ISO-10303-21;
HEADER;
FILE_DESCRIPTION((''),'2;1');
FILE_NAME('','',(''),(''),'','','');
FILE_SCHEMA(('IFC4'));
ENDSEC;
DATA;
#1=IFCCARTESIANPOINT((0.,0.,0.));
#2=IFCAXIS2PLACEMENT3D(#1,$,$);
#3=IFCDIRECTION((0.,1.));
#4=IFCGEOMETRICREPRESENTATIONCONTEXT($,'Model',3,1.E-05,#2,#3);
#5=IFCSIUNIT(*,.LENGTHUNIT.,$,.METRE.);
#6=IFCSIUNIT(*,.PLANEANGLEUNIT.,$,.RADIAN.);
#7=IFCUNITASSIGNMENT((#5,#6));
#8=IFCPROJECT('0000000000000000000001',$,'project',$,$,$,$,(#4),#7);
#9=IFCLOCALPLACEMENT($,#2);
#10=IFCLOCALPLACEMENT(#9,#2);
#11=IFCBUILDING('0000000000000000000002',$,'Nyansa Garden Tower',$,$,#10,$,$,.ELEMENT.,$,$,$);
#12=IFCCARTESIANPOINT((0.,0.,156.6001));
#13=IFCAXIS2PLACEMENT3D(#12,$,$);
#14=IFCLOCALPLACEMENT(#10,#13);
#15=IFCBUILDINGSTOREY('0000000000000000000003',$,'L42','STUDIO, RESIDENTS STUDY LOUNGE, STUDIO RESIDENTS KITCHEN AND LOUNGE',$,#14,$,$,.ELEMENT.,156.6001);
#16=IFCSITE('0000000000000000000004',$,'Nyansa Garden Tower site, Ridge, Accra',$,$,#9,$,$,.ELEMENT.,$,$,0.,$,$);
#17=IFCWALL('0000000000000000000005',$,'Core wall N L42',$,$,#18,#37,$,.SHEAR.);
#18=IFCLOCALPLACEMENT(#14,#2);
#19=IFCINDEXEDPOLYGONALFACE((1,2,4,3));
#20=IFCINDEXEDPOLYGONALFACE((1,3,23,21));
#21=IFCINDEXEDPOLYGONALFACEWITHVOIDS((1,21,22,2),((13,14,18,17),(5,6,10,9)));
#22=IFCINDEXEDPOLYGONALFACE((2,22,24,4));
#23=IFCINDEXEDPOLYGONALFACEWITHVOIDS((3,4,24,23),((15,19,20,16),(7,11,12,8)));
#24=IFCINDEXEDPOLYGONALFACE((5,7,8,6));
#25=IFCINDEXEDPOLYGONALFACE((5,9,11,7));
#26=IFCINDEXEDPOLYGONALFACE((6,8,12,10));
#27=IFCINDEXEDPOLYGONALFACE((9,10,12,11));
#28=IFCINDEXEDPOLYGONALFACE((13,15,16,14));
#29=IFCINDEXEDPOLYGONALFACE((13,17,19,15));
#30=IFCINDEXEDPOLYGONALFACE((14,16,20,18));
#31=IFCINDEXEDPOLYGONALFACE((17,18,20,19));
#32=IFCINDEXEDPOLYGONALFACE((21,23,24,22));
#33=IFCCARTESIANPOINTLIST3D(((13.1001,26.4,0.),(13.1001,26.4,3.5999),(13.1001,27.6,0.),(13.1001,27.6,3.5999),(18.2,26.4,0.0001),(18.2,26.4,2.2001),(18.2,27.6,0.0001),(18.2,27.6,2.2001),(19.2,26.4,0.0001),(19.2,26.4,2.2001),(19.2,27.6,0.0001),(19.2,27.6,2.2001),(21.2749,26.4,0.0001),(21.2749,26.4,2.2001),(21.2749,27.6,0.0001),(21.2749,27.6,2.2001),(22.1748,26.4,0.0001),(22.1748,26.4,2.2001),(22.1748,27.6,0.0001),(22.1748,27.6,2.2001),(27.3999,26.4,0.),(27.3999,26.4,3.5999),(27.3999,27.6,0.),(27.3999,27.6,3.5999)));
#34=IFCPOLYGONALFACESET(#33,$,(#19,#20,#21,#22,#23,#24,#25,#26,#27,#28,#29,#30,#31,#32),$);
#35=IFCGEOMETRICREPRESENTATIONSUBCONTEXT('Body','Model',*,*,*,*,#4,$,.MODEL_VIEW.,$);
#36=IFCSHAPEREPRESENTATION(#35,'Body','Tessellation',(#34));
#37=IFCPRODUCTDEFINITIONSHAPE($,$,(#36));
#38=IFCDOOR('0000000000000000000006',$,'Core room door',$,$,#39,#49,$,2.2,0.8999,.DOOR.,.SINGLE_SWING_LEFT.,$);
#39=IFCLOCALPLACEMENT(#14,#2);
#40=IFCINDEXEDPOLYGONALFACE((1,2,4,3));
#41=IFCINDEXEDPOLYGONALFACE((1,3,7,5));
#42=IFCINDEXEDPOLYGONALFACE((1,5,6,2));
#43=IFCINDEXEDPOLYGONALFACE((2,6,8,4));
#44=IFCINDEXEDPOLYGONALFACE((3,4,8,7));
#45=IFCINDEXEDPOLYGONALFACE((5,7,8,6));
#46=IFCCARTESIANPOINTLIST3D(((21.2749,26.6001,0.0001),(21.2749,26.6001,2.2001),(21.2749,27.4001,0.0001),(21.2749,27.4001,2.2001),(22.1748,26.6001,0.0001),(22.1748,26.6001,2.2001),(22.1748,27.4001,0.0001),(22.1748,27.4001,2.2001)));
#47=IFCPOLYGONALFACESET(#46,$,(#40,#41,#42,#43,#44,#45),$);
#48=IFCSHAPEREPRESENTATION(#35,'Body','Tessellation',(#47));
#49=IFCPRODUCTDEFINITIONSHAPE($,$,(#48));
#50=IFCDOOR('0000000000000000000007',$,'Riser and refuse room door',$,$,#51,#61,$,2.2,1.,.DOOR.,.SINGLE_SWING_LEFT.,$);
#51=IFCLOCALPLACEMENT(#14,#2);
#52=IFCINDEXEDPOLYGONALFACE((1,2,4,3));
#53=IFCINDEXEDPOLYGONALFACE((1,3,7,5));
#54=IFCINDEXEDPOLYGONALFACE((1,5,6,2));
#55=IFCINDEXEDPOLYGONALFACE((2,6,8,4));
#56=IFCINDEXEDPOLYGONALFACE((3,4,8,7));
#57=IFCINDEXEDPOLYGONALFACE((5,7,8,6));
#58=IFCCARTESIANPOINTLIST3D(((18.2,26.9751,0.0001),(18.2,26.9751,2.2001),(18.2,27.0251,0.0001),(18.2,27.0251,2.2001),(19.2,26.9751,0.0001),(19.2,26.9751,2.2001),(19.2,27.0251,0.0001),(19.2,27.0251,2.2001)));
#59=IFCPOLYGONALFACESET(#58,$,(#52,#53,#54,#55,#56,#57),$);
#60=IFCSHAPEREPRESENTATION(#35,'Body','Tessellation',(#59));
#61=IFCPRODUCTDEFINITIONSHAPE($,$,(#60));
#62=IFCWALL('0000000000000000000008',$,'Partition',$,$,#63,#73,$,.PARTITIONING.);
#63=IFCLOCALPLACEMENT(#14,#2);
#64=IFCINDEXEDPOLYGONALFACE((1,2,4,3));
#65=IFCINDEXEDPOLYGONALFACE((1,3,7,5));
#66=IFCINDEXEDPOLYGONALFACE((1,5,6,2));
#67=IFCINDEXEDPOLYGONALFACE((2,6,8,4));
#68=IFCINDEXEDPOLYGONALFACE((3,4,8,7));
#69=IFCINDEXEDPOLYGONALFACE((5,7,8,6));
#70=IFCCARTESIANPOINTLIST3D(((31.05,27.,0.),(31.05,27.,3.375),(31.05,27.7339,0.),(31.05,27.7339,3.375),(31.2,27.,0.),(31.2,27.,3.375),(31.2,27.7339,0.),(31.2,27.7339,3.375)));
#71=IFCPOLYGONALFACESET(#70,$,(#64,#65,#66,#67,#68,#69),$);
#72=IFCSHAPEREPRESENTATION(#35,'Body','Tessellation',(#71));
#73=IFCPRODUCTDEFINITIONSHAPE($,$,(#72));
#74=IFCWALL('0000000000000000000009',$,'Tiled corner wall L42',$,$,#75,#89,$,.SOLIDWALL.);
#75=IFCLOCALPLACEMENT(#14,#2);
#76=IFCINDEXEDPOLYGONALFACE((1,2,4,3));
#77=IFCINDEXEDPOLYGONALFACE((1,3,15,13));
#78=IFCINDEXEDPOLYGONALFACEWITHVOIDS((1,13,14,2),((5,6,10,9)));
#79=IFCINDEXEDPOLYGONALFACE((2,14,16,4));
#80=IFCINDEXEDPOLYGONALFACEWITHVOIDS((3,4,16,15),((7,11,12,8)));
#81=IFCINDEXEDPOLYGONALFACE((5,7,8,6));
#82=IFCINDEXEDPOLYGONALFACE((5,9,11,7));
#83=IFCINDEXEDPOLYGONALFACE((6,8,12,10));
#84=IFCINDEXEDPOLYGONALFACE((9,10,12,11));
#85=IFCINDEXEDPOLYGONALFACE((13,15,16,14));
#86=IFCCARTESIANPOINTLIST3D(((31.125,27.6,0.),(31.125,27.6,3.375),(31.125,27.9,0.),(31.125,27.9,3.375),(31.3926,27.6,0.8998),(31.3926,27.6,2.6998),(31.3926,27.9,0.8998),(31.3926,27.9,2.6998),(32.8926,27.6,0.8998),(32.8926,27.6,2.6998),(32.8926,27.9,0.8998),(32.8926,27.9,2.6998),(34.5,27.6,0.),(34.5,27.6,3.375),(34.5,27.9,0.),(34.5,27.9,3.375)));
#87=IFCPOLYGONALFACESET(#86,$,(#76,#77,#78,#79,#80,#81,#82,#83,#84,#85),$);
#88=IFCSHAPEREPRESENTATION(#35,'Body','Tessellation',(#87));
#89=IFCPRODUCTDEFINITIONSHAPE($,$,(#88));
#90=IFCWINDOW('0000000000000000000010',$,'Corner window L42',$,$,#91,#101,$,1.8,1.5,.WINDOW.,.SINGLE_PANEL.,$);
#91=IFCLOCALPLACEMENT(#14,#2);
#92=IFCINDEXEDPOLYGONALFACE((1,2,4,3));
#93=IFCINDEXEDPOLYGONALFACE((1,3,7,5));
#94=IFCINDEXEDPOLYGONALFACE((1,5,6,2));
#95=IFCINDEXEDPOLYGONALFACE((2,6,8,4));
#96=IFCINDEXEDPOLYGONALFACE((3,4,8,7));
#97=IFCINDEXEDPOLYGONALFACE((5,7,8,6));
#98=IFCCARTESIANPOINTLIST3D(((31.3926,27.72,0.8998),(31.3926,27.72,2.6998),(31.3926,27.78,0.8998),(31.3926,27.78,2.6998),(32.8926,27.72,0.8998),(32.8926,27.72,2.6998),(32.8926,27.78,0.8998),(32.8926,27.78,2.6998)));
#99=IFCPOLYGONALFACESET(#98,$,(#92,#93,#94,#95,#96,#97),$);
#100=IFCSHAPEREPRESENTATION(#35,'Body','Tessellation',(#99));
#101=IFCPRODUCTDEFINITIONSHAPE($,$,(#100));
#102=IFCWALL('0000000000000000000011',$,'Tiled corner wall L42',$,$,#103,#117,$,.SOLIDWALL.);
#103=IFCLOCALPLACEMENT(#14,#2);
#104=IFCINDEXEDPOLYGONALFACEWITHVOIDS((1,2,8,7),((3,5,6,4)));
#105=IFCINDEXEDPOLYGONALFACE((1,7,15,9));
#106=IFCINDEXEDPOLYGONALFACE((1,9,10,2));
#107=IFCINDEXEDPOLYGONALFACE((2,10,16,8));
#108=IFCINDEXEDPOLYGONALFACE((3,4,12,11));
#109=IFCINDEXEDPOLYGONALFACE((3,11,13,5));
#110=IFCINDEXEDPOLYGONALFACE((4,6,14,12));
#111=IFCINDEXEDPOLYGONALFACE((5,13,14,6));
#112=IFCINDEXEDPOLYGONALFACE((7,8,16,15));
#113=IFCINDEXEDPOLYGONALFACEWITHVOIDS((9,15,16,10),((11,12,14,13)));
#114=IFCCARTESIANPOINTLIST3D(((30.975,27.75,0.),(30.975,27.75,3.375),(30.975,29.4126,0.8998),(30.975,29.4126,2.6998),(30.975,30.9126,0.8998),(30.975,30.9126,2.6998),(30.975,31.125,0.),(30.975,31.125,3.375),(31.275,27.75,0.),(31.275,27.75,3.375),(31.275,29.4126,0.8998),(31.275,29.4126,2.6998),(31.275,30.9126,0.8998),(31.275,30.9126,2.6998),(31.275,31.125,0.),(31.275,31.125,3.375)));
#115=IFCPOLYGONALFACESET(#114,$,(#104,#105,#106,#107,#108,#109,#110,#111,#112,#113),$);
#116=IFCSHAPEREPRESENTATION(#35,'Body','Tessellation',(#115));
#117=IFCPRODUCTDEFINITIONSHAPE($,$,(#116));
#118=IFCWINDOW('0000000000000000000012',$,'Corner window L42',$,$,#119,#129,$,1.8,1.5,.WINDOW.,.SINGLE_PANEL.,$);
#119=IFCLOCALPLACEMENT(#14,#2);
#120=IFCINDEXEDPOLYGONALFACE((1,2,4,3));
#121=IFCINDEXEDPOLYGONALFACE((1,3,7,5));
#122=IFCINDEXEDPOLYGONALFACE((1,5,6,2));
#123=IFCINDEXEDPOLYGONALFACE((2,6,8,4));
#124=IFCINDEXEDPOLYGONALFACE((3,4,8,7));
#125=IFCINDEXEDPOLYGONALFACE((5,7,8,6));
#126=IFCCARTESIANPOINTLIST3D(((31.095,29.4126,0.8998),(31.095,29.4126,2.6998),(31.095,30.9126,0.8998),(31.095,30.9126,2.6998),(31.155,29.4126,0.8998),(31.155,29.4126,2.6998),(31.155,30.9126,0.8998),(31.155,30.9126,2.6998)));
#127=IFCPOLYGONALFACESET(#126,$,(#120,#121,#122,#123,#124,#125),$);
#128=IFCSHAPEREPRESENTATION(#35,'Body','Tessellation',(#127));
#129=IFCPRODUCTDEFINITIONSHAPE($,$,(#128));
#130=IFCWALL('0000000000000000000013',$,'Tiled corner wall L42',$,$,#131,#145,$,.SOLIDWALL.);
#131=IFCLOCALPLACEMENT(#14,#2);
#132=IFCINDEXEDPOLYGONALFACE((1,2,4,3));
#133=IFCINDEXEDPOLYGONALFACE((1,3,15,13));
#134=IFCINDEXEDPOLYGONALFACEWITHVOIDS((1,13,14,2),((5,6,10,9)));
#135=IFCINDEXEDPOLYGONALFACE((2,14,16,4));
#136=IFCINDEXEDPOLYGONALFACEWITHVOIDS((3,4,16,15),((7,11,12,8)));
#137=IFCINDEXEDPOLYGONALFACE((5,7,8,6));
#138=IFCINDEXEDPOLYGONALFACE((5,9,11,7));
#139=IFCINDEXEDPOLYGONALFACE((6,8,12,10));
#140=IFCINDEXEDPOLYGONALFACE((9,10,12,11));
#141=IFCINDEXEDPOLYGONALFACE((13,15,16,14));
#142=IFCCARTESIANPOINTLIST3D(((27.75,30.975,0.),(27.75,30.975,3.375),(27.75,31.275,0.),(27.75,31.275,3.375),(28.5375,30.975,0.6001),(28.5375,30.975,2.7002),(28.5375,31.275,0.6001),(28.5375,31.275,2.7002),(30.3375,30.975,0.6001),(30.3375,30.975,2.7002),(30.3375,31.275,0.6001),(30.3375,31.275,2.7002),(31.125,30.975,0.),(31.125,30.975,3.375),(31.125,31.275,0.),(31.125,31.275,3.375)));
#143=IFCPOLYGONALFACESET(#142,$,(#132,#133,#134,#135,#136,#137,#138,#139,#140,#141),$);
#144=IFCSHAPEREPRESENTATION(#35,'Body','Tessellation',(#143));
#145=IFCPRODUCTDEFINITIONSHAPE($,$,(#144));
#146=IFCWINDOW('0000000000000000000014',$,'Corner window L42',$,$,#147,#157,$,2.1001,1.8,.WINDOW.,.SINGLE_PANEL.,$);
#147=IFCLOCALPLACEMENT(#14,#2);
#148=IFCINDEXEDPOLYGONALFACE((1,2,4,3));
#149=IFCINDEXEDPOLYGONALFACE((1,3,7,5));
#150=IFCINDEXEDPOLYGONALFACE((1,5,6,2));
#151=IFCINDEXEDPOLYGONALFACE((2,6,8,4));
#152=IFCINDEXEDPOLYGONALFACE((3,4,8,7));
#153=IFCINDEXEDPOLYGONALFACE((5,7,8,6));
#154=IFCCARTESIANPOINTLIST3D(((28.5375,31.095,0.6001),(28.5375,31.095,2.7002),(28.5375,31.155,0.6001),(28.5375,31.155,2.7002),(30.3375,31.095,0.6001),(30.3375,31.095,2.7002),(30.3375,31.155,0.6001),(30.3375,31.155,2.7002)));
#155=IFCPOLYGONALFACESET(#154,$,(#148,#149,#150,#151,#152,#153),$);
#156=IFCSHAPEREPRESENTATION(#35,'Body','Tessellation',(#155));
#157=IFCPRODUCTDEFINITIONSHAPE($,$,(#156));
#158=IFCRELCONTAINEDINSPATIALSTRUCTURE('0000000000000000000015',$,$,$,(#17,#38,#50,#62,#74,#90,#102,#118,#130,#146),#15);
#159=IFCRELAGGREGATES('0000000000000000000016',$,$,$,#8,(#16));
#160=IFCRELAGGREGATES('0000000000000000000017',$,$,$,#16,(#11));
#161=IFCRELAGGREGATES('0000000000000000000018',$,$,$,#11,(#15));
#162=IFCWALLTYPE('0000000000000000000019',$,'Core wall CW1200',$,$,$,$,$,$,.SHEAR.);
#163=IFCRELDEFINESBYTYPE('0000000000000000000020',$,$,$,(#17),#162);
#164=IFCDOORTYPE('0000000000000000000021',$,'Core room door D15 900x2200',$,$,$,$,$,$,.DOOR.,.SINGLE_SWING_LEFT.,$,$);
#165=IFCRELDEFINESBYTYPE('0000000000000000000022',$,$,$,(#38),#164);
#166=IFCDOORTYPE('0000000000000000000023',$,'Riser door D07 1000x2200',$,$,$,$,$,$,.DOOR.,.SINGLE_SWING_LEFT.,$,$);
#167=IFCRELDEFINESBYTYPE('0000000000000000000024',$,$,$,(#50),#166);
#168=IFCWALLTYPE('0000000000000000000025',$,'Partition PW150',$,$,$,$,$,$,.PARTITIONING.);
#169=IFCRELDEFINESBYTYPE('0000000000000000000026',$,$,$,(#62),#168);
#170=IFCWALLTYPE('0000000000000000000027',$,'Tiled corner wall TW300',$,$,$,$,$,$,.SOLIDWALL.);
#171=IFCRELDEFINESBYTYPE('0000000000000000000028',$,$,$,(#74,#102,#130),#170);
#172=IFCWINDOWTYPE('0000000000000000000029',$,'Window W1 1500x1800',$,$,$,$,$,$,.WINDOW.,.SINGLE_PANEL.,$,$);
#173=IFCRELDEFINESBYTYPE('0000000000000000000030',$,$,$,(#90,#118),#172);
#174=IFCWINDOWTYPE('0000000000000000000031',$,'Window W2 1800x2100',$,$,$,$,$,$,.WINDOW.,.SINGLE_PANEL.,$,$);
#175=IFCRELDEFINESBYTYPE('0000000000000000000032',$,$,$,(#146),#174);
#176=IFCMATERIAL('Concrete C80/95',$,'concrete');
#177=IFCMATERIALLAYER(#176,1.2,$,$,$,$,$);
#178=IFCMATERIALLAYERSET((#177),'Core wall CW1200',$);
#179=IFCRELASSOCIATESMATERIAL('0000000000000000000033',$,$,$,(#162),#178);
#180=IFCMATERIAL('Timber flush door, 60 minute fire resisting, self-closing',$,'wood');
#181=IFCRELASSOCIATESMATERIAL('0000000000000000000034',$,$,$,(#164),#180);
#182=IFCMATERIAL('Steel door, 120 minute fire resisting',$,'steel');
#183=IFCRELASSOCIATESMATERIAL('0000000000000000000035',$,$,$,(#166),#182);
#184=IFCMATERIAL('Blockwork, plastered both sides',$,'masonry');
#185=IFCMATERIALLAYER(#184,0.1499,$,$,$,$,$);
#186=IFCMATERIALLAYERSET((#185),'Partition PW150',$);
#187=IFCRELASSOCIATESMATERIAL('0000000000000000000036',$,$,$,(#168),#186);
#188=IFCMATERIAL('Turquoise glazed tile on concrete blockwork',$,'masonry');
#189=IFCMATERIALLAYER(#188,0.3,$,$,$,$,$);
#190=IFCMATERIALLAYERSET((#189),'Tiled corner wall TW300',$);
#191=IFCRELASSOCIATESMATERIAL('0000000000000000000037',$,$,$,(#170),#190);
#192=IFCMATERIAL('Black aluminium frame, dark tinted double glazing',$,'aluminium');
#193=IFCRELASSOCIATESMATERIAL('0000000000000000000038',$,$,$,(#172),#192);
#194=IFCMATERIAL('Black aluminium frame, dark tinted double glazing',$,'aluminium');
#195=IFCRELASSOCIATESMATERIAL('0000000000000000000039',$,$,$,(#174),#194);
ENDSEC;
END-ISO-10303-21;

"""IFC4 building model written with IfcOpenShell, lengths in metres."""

from ifc_helpers import new_model, si_unit, direction, frame, frame_2d, origin, place, context, subcontext, project, spatial, rectangle, extrude, material, layer, layer_set, type_object, element, fill, save


model = new_model("IFC4")

# Units and contexts
model_context = context("Model", 3, precision=1e-05, world=origin(), true_north=direction((0.0, 1.0)))
body_context = subcontext(model_context, "Body", "Model", "MODEL_VIEW")
ifc_project = project(units=[si_unit("LENGTHUNIT", "METRE"), si_unit("PLANEANGLEUNIT", "RADIAN")], contexts=[model_context])

# Site, building, storey
site_placement = place(None, origin())
site = spatial("IfcSite", under=ifc_project, at=site_placement, Name="Nyansa Garden Tower site, Ridge, Accra", CompositionType="ELEMENT", RefElevation=0.0)
building_placement = place(site_placement, origin())
building = spatial("IfcBuilding", under=site, at=building_placement, Name="Nyansa Garden Tower", CompositionType="ELEMENT")
storey_placement = place(building_placement, frame((0.0, 0.0, 156.6001)))
storey = spatial("IfcBuildingStorey", under=building, at=storey_placement, Name="L42", Description="STUDIO, RESIDENTS STUDY LOUNGE, STUDIO RESIDENTS KITCHEN AND LOUNGE", CompositionType="ELEMENT", Elevation=156.6001)

# Wall, openings, doors
ifc_material_1 = material(Name="Concrete C80/95", Category="concrete")
ifc_layer_1 = layer(ifc_material_1, 1.2)
ifc_layer_set_1 = layer_set([ifc_layer_1], Name="Core wall CW1200")
wall_type_1 = type_object("IfcWallType", Name="Core wall CW1200", PredefinedType="SHEAR", material=ifc_layer_set_1)
wall_1_placement = place(storey_placement, frame((27.3999, 27.0, 0.0), z_axis=(0.0, 0.0, 1.0), x_axis=(-1.0, 0.0, 0.0)))
wall_1 = element("IfcWall", 1, at=wall_1_placement, inside=storey, type_object=wall_type_1, Name="Core wall N L42", PredefinedType="SHEAR", context=body_context, shape_type="SweptSolid", body=[
    extrude(rectangle(XDim=14.2998, YDim=1.2, at=frame_2d((7.1499, 0.0))), origin(), (0.0, 0.0, 1.0), 3.5999),
])
opening_1_placement = place(wall_1_placement, frame((5.2251, 0.0, 0.0)))
opening_1 = element("IfcOpeningElement", 2, at=opening_1_placement, cuts=wall_1, PredefinedType="OPENING", context=body_context, shape_type="SweptSolid", body=[
    extrude(rectangle(XDim=0.8999, YDim=2.2, at=frame_2d((0.45, 1.1001))), frame((0.0, 0.6099, 0.0), z_axis=(0.0, -1.0, 0.0), x_axis=(1.0, 0.0, 0.0)), (0.0, 0.0, 1.0), 1.22),
])
opening_2_placement = place(wall_1_placement, frame((8.2, 0.0, 0.0)))
opening_2 = element("IfcOpeningElement", 3, at=opening_2_placement, cuts=wall_1, PredefinedType="OPENING", context=body_context, shape_type="SweptSolid", body=[
    extrude(rectangle(XDim=1.0, YDim=2.2, at=frame_2d((0.5, 1.1001))), frame((0.0, 0.6099, 0.0), z_axis=(0.0, -1.0, 0.0), x_axis=(1.0, 0.0, 0.0)), (0.0, 0.0, 1.0), 1.22),
])
ifc_material_2 = material(Name="Timber flush door, 60 minute fire resisting, self-closing", Category="wood")
door_type_1 = type_object("IfcDoorType", Name="Core room door D15 900x2200", OperationType="SINGLE_SWING_LEFT", PredefinedType="DOOR", material=ifc_material_2)
door_1_placement = place(opening_1_placement, origin())
door_1 = element("IfcDoor", 4, at=door_1_placement, inside=storey, type_object=door_type_1, Name="Core room door", OperationType="SINGLE_SWING_LEFT", OverallHeight=2.2, OverallWidth=0.8999, PredefinedType="DOOR", context=body_context, shape_type="SweptSolid", body=[
    extrude(rectangle(XDim=0.8999, YDim=2.2, at=frame_2d((0.45, 1.1001))), frame((0.0, 0.3999, 0.0), z_axis=(0.0, -1.0, 0.0), x_axis=(1.0, 0.0, 0.0)), (0.0, 0.0, 1.0), 0.8),
])
fill(opening_1, door_1)
ifc_material_3 = material(Name="Steel door, 120 minute fire resisting", Category="steel")
door_type_2 = type_object("IfcDoorType", Name="Riser door D07 1000x2200", OperationType="SINGLE_SWING_LEFT", PredefinedType="DOOR", material=ifc_material_3)
door_2_placement = place(opening_2_placement, origin())
door_2 = element("IfcDoor", 5, at=door_2_placement, inside=storey, type_object=door_type_2, Name="Riser and refuse room door", OperationType="SINGLE_SWING_LEFT", OverallHeight=2.2, OverallWidth=1.0, PredefinedType="DOOR", context=body_context, shape_type="SweptSolid", body=[
    extrude(rectangle(XDim=1.0, YDim=2.2, at=frame_2d((0.5, 1.1001))), frame((0.0, 0.0249, 0.0), z_axis=(0.0, -1.0, 0.0), x_axis=(1.0, 0.0, 0.0)), (0.0, 0.0, 1.0), 0.05),
])
fill(opening_2, door_2)

# Wall
ifc_material_4 = material(Name="Blockwork, plastered both sides", Category="masonry")
ifc_layer_2 = layer(ifc_material_4, 0.1499)
ifc_layer_set_2 = layer_set([ifc_layer_2], Name="Partition PW150")
wall_type_2 = type_object("IfcWallType", Name="Partition PW150", PredefinedType="PARTITIONING", material=ifc_layer_set_2)
wall_2_placement = place(storey_placement, frame((31.125, 27.0, 0.0), z_axis=(0.0, 0.0, 1.0), x_axis=(0.0, 1.0, 0.0)))
element("IfcWall", 6, at=wall_2_placement, inside=storey, type_object=wall_type_2, Name="Partition", PredefinedType="PARTITIONING", context=body_context, shape_type="SweptSolid", body=[
    extrude(rectangle(XDim=0.7339, YDim=0.1499, at=frame_2d((0.3669, 0.0))), origin(), (0.0, 0.0, 1.0), 3.375),
])

# Walls, openings, windows
ifc_material_5 = material(Name="Turquoise glazed tile on concrete blockwork", Category="masonry")
ifc_layer_3 = layer(ifc_material_5, 0.3)
ifc_layer_set_3 = layer_set([ifc_layer_3], Name="Tiled corner wall TW300")
wall_type_3 = type_object("IfcWallType", Name="Tiled corner wall TW300", PredefinedType="SOLIDWALL", material=ifc_layer_set_3)
wall_3_placement = place(storey_placement, frame((34.5, 27.75, 0.0), z_axis=(0.0, 0.0, 1.0), x_axis=(-1.0, 0.0, 0.0)))
wall_3 = element("IfcWall", 7, at=wall_3_placement, inside=storey, type_object=wall_type_3, Name="Tiled corner wall L42", PredefinedType="SOLIDWALL", context=body_context, shape_type="SweptSolid", body=[
    extrude(rectangle(XDim=3.375, YDim=0.3, at=frame_2d((1.6875, 0.0))), origin(), (0.0, 0.0, 1.0), 3.375),
])
opening_3_placement = place(wall_3_placement, frame((1.6074, 0.0, 0.8999)))
opening_3 = element("IfcOpeningElement", 8, at=opening_3_placement, cuts=wall_3, PredefinedType="OPENING", context=body_context, shape_type="SweptSolid", body=[
    extrude(rectangle(XDim=1.5, YDim=1.8, at=frame_2d((0.75, 0.8999))), frame((0.0, 0.1599, 0.0), z_axis=(0.0, -1.0, 0.0), x_axis=(1.0, 0.0, 0.0)), (0.0, 0.0, 1.0), 0.3201),
])
ifc_material_6 = material(Name="Black aluminium frame, dark tinted double glazing", Category="aluminium")
window_type_1 = type_object("IfcWindowType", Name="Window W1 1500x1800", PartitioningType="SINGLE_PANEL", PredefinedType="WINDOW", material=ifc_material_6)
window_1_placement = place(opening_3_placement, origin())
window_1 = element("IfcWindow", 9, at=window_1_placement, inside=storey, type_object=window_type_1, Name="Corner window L42", OverallHeight=1.8, OverallWidth=1.5, PartitioningType="SINGLE_PANEL", PredefinedType="WINDOW", context=body_context, shape_type="SweptSolid", body=[
    extrude(rectangle(XDim=1.5, YDim=1.8, at=frame_2d((0.75, 0.8999))), frame((0.0, 0.03, 0.0), z_axis=(0.0, -1.0, 0.0), x_axis=(1.0, 0.0, 0.0)), (0.0, 0.0, 1.0), 0.0601),
])
fill(opening_3, window_1)
wall_4_placement = place(storey_placement, frame((31.125, 27.75, 0.0), z_axis=(0.0, 0.0, 1.0), x_axis=(0.0, 1.0, 0.0)))
wall_4 = element("IfcWall", 10, at=wall_4_placement, inside=storey, type_object=wall_type_3, Name="Tiled corner wall L42", PredefinedType="SOLIDWALL", context=body_context, shape_type="SweptSolid", body=[
    extrude(rectangle(XDim=3.375, YDim=0.3, at=frame_2d((1.6875, 0.0))), origin(), (0.0, 0.0, 1.0), 3.375),
])
opening_4_placement = place(wall_4_placement, frame((1.6626, 0.0, 0.8999)))
opening_4 = element("IfcOpeningElement", 11, at=opening_4_placement, cuts=wall_4, PredefinedType="OPENING", context=body_context, shape_type="SweptSolid", body=[
    extrude(rectangle(XDim=1.5, YDim=1.8, at=frame_2d((0.75, 0.8999))), frame((0.0, 0.1599, 0.0), z_axis=(0.0, -1.0, 0.0), x_axis=(1.0, 0.0, 0.0)), (0.0, 0.0, 1.0), 0.3201),
])
window_2_placement = place(opening_4_placement, origin())
window_2 = element("IfcWindow", 12, at=window_2_placement, inside=storey, type_object=window_type_1, Name="Corner window L42", OverallHeight=1.8, OverallWidth=1.5, PartitioningType="SINGLE_PANEL", PredefinedType="WINDOW", context=body_context, shape_type="SweptSolid", body=[
    extrude(rectangle(XDim=1.5, YDim=1.8, at=frame_2d((0.75, 0.8999))), frame((0.0, 0.03, 0.0), z_axis=(0.0, -1.0, 0.0), x_axis=(1.0, 0.0, 0.0)), (0.0, 0.0, 1.0), 0.0601),
])
fill(opening_4, window_2)
wall_5_placement = place(storey_placement, frame((31.125, 31.125, 0.0), z_axis=(0.0, 0.0, 1.0), x_axis=(-1.0, 0.0, 0.0)))
wall_5 = element("IfcWall", 13, at=wall_5_placement, inside=storey, type_object=wall_type_3, Name="Tiled corner wall L42", PredefinedType="SOLIDWALL", context=body_context, shape_type="SweptSolid", body=[
    extrude(rectangle(XDim=3.375, YDim=0.3, at=frame_2d((1.6875, 0.0))), origin(), (0.0, 0.0, 1.0), 3.375),
])
opening_5_placement = place(wall_5_placement, frame((0.7876, 0.0, 0.6001)))
opening_5 = element("IfcOpeningElement", 14, at=opening_5_placement, cuts=wall_5, PredefinedType="OPENING", context=body_context, shape_type="SweptSolid", body=[
    extrude(rectangle(XDim=1.8, YDim=2.1001, at=frame_2d((0.8999, 1.05))), frame((0.0, 0.1599, 0.0), z_axis=(0.0, -1.0, 0.0), x_axis=(1.0, 0.0, 0.0)), (0.0, 0.0, 1.0), 0.3201),
])
ifc_material_7 = material(Name="Black aluminium frame, dark tinted double glazing", Category="aluminium")
window_type_2 = type_object("IfcWindowType", Name="Window W2 1800x2100", PartitioningType="SINGLE_PANEL", PredefinedType="WINDOW", material=ifc_material_7)
window_3_placement = place(opening_5_placement, origin())
window_3 = element("IfcWindow", 15, at=window_3_placement, inside=storey, type_object=window_type_2, Name="Corner window L42", OverallHeight=2.1001, OverallWidth=1.8, PartitioningType="SINGLE_PANEL", PredefinedType="WINDOW", context=body_context, shape_type="SweptSolid", body=[
    extrude(rectangle(XDim=1.8, YDim=2.1001, at=frame_2d((0.8999, 1.05))), frame((0.0, 0.03, 0.0), z_axis=(0.0, -1.0, 0.0), x_axis=(1.0, 0.0, 0.0)), (0.0, 0.0, 1.0), 0.0601),
])
fill(opening_5, window_3)

save(model, "model.ifc")
